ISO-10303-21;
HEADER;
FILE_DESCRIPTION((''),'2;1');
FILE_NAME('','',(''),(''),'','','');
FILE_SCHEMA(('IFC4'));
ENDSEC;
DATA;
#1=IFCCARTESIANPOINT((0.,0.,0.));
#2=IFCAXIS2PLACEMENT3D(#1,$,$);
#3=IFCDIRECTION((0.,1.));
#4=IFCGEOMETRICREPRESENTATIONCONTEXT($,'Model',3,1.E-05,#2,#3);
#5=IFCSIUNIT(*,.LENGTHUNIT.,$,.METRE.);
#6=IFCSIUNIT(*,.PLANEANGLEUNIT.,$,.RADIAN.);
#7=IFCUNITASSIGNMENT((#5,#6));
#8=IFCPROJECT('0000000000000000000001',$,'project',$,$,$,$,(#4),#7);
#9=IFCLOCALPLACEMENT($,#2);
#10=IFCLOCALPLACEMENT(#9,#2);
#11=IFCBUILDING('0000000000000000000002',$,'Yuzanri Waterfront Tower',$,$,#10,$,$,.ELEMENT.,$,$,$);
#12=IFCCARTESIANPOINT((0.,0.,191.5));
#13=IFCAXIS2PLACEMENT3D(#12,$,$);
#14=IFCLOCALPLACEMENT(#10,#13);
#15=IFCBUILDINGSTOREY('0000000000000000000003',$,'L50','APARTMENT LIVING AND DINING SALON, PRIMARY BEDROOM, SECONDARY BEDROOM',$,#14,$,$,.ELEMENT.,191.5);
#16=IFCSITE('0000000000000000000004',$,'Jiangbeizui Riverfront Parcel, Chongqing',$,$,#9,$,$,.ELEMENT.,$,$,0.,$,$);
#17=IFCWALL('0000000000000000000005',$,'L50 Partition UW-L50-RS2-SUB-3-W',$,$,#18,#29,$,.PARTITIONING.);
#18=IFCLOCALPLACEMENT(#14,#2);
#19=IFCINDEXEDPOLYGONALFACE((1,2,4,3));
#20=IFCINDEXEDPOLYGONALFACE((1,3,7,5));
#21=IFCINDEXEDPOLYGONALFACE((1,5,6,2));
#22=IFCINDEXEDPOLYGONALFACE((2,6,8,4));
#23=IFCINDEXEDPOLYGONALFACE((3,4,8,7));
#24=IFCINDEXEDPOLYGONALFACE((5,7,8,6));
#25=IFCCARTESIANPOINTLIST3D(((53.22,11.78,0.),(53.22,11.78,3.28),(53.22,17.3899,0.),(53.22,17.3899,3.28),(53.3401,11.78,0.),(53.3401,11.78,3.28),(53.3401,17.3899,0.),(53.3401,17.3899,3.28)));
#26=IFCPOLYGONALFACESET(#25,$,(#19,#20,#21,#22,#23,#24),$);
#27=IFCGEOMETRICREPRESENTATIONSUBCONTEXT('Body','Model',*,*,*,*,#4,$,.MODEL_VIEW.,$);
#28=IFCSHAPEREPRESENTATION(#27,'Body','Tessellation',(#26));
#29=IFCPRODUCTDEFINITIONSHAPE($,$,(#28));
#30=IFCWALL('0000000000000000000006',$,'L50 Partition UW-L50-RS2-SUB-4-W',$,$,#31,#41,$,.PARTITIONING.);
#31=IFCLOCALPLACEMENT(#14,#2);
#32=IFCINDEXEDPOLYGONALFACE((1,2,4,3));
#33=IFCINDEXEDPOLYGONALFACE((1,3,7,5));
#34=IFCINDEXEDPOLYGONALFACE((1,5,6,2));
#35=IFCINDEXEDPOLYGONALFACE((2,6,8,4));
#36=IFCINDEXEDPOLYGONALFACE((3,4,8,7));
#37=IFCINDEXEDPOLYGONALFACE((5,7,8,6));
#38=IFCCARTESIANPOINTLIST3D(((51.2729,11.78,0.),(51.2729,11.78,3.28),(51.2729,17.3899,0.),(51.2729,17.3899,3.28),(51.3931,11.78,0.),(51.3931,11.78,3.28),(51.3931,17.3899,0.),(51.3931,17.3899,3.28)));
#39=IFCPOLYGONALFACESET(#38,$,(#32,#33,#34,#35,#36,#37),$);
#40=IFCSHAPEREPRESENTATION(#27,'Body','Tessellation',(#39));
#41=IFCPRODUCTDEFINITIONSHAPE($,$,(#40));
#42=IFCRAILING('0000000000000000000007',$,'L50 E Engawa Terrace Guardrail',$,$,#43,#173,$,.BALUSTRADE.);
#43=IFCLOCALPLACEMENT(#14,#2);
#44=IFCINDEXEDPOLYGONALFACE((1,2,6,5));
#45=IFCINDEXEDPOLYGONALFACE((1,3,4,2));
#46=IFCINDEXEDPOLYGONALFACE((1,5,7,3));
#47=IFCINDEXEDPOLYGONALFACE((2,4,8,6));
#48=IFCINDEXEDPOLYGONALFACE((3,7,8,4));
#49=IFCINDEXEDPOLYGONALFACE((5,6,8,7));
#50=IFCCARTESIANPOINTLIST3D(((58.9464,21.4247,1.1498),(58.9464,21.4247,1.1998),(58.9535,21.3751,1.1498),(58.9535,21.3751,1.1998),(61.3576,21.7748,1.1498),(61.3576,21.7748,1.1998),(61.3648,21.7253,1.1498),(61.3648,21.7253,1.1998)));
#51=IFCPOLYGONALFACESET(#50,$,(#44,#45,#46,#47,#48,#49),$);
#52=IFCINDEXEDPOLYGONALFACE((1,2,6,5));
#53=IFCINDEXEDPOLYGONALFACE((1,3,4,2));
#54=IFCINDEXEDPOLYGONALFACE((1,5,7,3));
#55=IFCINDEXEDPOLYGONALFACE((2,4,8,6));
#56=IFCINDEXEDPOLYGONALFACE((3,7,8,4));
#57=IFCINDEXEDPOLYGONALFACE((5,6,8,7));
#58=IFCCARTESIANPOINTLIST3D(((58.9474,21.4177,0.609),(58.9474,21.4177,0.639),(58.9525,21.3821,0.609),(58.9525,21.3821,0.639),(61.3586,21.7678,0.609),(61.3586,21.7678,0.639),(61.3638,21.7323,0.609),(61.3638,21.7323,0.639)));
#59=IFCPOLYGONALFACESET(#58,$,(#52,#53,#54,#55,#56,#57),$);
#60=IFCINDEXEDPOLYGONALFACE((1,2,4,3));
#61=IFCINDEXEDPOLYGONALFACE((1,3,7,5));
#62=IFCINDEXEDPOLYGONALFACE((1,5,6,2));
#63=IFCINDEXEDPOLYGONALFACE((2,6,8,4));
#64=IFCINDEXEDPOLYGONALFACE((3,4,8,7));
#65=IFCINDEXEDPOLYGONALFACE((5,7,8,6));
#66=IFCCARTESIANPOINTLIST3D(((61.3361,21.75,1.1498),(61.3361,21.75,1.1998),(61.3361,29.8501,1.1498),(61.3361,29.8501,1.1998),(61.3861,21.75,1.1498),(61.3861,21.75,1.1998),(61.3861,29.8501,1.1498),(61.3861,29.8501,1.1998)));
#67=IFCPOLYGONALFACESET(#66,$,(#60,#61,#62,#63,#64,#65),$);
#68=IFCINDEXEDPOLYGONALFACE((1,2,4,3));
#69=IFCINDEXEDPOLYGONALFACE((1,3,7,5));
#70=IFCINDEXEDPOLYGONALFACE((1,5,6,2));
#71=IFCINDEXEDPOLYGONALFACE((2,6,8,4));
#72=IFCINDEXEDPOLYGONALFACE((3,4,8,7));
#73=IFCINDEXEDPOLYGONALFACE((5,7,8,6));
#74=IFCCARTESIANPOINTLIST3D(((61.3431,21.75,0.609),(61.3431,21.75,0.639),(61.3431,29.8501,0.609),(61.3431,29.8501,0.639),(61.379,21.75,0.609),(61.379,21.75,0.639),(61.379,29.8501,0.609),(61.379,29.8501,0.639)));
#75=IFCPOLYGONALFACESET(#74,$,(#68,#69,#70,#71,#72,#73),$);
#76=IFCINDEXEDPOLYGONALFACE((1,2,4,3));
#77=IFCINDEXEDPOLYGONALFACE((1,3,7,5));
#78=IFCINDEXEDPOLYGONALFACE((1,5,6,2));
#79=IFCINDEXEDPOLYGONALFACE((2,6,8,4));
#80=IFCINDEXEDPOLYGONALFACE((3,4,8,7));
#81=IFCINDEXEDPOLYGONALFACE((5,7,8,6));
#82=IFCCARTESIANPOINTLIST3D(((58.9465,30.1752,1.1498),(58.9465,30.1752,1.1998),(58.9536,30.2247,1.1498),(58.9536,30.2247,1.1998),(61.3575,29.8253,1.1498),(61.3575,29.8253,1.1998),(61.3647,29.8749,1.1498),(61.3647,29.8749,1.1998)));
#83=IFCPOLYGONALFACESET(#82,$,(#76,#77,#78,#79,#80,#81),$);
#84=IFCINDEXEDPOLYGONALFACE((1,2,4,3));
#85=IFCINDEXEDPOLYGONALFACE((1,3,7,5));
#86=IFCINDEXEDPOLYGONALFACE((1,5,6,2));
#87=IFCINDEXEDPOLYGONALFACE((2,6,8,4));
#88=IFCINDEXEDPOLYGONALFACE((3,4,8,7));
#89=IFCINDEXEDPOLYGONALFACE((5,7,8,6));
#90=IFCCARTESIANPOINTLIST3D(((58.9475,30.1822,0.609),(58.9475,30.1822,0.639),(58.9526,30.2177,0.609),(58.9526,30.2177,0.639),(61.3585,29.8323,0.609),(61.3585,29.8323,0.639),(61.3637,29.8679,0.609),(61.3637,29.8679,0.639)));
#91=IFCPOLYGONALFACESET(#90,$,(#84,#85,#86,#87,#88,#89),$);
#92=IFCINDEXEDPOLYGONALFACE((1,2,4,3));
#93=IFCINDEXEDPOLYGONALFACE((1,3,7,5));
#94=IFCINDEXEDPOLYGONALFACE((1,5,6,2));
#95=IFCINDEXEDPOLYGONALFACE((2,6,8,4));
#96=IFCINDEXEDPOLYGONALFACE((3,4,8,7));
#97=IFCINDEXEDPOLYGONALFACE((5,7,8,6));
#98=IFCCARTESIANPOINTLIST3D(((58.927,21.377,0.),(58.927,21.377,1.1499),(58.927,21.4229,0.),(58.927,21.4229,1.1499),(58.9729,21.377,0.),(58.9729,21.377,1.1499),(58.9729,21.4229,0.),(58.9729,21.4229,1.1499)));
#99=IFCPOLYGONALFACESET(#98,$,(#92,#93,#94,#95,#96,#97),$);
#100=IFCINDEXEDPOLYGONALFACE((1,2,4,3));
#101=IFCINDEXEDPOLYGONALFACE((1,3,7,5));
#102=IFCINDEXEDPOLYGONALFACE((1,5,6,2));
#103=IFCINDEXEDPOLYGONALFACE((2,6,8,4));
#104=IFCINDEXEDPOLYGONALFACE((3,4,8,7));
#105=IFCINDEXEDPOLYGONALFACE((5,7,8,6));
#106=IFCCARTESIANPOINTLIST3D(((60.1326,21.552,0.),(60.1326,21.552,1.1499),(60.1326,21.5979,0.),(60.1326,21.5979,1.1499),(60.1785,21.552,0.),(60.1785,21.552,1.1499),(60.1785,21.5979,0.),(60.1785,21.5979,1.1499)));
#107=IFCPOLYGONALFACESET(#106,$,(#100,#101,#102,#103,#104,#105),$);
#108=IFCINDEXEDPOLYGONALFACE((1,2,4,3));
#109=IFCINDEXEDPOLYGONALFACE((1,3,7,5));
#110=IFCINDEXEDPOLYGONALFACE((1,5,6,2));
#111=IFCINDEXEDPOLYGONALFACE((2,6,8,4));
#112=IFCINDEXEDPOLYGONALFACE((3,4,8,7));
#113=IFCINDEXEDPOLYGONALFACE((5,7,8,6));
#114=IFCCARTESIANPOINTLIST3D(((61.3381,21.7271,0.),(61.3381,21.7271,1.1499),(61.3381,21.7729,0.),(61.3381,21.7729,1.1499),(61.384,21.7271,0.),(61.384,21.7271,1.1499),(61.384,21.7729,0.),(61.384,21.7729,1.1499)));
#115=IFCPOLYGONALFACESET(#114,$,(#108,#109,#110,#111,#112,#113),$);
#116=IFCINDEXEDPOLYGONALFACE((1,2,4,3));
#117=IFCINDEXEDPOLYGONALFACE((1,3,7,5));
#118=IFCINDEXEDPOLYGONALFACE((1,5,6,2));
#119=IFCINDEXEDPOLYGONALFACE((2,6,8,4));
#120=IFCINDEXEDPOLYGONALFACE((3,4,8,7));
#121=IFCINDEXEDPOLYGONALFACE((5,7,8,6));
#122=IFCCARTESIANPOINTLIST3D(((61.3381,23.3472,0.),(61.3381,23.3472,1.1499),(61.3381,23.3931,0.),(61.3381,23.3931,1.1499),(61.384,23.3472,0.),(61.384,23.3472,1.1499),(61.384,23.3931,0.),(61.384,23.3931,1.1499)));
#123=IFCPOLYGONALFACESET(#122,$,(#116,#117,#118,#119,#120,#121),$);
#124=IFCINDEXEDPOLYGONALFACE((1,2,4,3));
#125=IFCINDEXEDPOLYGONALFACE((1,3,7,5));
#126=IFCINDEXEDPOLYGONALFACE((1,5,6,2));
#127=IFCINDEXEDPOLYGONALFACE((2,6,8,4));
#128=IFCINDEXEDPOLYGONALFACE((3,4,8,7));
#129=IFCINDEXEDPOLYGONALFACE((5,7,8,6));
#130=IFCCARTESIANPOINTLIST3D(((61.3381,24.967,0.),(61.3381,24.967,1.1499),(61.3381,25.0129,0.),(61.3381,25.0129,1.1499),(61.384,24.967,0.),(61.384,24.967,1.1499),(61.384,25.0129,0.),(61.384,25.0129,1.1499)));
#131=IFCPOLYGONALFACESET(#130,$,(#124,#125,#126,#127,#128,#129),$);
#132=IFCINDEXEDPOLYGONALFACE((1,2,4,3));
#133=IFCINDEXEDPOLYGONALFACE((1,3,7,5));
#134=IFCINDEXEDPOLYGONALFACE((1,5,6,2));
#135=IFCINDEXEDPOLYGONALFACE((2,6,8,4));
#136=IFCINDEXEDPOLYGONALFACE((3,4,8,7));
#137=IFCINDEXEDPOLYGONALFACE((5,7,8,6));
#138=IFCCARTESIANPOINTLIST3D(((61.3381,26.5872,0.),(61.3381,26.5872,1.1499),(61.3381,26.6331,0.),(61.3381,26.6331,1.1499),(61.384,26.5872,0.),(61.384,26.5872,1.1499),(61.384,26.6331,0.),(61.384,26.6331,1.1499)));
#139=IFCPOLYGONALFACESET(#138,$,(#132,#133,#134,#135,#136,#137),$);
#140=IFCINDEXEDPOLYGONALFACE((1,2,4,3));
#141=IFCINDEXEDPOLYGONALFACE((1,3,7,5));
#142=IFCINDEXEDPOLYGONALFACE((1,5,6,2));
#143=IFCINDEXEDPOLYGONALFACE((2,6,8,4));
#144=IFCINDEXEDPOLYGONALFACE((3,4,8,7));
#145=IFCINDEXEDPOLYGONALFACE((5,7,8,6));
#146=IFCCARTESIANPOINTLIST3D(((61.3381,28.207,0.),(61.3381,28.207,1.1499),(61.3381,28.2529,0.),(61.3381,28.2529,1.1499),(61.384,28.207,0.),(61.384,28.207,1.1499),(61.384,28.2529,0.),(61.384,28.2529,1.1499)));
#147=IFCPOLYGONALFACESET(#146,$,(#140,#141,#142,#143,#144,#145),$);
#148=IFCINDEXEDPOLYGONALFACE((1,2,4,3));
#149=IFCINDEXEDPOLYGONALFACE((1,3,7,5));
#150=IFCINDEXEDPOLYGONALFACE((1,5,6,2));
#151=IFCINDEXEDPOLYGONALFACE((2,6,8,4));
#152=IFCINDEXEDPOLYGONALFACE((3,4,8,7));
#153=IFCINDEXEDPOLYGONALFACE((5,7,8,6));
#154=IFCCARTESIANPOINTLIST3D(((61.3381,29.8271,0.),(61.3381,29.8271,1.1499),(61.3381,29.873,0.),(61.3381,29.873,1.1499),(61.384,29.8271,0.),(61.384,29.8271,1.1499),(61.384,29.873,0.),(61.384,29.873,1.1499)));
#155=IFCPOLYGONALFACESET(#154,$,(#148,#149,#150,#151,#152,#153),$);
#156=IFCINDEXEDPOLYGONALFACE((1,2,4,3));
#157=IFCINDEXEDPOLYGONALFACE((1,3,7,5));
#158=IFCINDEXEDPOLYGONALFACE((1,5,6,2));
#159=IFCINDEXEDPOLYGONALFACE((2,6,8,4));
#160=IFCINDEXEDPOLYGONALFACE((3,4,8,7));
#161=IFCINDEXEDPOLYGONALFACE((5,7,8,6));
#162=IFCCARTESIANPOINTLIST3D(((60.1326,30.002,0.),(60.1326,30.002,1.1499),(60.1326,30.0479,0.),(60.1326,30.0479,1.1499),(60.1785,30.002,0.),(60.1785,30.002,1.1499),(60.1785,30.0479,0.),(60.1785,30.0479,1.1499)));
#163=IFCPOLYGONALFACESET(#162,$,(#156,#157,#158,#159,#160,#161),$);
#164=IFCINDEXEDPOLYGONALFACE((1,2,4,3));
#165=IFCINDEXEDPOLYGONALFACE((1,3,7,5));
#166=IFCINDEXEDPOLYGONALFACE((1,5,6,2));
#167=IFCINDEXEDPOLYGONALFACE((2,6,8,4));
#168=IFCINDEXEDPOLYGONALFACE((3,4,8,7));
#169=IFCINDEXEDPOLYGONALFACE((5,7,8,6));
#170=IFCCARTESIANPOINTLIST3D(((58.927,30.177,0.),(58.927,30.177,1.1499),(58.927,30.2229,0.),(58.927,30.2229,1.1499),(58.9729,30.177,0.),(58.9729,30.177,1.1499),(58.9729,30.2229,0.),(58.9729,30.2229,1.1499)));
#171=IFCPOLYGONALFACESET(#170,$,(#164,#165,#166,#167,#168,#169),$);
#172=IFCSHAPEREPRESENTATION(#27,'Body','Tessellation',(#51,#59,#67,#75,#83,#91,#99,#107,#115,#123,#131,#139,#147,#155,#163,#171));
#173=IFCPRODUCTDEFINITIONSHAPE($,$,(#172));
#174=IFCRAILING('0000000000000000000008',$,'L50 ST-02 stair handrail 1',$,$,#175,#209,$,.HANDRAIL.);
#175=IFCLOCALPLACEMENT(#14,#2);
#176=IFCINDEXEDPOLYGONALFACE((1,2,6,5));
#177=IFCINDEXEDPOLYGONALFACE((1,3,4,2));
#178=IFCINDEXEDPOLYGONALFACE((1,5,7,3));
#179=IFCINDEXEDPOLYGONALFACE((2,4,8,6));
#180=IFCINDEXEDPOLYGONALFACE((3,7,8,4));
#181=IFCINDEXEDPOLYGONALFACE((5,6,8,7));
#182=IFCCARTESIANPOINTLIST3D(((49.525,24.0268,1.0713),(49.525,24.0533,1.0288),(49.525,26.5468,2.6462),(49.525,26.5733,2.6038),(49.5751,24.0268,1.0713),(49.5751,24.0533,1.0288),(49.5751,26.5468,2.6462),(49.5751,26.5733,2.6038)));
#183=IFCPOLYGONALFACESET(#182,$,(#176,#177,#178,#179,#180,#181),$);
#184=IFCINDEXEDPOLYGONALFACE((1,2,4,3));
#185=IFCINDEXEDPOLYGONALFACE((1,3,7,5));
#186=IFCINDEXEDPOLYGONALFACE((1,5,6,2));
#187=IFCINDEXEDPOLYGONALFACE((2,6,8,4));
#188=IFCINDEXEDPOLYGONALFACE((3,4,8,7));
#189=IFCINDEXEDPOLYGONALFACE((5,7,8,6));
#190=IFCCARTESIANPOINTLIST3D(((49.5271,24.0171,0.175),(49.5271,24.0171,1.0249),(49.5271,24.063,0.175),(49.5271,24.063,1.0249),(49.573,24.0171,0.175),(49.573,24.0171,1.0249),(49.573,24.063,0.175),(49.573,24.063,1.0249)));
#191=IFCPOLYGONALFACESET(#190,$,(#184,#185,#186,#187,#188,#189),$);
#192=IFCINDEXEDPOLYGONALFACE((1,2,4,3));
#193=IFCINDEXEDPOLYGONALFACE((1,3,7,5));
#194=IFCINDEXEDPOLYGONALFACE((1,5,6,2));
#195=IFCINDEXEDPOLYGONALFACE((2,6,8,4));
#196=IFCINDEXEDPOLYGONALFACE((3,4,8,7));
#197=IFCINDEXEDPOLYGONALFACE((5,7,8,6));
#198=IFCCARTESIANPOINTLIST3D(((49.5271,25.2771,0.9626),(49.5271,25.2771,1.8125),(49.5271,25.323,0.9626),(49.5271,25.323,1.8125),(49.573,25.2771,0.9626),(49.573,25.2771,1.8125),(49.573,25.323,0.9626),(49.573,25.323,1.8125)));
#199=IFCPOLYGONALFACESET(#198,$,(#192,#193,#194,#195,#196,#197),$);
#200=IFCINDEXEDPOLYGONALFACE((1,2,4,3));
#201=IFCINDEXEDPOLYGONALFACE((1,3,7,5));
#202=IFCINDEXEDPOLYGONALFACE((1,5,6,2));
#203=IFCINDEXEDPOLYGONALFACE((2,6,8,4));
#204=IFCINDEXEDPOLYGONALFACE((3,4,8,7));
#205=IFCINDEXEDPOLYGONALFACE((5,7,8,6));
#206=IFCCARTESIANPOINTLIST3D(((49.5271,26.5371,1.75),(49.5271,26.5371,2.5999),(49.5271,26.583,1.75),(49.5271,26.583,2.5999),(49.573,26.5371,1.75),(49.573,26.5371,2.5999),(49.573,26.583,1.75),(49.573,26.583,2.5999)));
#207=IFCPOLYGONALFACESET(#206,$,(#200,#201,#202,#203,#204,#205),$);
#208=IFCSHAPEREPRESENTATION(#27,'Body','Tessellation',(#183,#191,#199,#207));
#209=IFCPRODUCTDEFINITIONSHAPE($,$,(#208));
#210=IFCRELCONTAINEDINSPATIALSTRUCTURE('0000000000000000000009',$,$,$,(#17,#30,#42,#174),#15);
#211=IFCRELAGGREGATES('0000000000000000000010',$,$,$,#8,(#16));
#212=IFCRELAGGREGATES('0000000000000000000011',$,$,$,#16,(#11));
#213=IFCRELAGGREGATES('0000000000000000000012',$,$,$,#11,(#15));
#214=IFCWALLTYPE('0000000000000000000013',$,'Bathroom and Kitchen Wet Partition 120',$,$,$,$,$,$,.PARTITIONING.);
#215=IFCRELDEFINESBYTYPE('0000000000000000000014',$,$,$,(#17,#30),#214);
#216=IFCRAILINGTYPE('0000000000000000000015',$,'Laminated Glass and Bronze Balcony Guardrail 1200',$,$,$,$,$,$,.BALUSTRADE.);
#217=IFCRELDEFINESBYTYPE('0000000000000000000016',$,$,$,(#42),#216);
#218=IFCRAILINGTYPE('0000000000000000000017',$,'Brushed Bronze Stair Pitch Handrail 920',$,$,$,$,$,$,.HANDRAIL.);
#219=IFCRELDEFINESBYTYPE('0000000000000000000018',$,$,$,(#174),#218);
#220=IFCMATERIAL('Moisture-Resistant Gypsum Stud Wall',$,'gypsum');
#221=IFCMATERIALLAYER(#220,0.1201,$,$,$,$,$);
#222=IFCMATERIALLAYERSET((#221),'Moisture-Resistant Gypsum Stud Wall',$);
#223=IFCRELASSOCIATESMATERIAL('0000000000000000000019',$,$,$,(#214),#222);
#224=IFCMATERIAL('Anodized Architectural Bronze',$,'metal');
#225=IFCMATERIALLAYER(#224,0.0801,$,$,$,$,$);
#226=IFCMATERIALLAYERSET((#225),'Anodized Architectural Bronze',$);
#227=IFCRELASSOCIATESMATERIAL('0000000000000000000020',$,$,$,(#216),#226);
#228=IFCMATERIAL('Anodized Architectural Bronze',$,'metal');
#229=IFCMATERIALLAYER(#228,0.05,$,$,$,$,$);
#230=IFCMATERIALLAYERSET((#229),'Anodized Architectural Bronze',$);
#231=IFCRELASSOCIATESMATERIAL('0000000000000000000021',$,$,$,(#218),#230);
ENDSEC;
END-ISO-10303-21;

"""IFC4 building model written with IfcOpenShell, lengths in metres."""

from ifc_helpers import new_model, si_unit, direction, frame, frame_2d, origin, origin_2d, place, context, subcontext, project, spatial, rectangle, extrude, source, transform, mapped, material, layer, layer_set, type_object, element, save


model = new_model("IFC4")

# Units and contexts
model_context = context("Model", 3, precision=1e-05, world=origin(), true_north=direction((0.0, 1.0)))
body_context = subcontext(model_context, "Body", "Model", "MODEL_VIEW")
ifc_project = project(units=[si_unit("LENGTHUNIT", "METRE"), si_unit("PLANEANGLEUNIT", "RADIAN")], contexts=[model_context])

# Site, building, storey
site_placement = place(None, origin())
site = spatial("IfcSite", under=ifc_project, at=site_placement, Name="Jiangbeizui Riverfront Parcel, Chongqing", CompositionType="ELEMENT", RefElevation=0.0)
building_placement = place(site_placement, origin())
building = spatial("IfcBuilding", under=site, at=building_placement, Name="Yuzanri Waterfront Tower", CompositionType="ELEMENT")
storey_placement = place(building_placement, frame((0.0, 0.0, 191.5)))
storey = spatial("IfcBuildingStorey", under=building, at=storey_placement, Name="L50", Description="APARTMENT LIVING AND DINING SALON, PRIMARY BEDROOM, SECONDARY BEDROOM", CompositionType="ELEMENT", Elevation=191.5)

# Shared definitions
ifc_material_1 = material(Name="Moisture-Resistant Gypsum Stud Wall", Category="gypsum")
ifc_layer_1 = layer(ifc_material_1, 0.1201)
ifc_layer_set_1 = layer_set([ifc_layer_1], Name="Moisture-Resistant Gypsum Stud Wall")
wall_type_1 = type_object("IfcWallType", Name="Bathroom and Kitchen Wet Partition 120", PredefinedType="PARTITIONING", material=ifc_layer_set_1)

# Walls
shared_shape_1 = source(origin(), body_context, "Body", "SweptSolid", [
    extrude(rectangle(XDim=5.6099, YDim=0.1201, at=frame_2d((2.8049, 0.0))), origin(), (0.0, 0.0, 1.0), 3.28),
])
for number, where, z_axis, x_axis, name in (
    (1, (53.28, 11.78, 0.0), (0.0, 0.0, 1.0), (0.0, 1.0, 0.0), "L50 Partition UW-L50-RS2-SUB-3-W"),
    (2, (51.333, 11.78, 0.0), (0.0, 0.0, 1.0), (0.0, 1.0, 0.0), "L50 Partition UW-L50-RS2-SUB-4-W"),
):
    element("IfcWall", number, at=place(storey_placement, frame(where, z_axis=z_axis, x_axis=x_axis)), inside=storey, type_object=wall_type_1, Name=name, PredefinedType="PARTITIONING", context=body_context, shape_type="MappedRepresentation", body=[
        mapped(shared_shape_1, transform((0.0, 0.0, 0.0), scale=1.0)),
    ])

# Railings
ifc_material_2 = material(Name="Anodized Architectural Bronze", Category="metal")
ifc_layer_2 = layer(ifc_material_2, 0.0801)
ifc_layer_set_2 = layer_set([ifc_layer_2], Name="Anodized Architectural Bronze")
railing_type_1 = type_object("IfcRailingType", Name="Laminated Glass and Bronze Balcony Guardrail 1200", PredefinedType="BALUSTRADE", material=ifc_layer_set_2)
shared_shape_2 = source(origin(), body_context, "Body", "SweptSolid", [
    extrude(rectangle(XDim=0.05, YDim=0.05, at=origin_2d()), frame((0.0, 0.0, 1.1748), z_axis=(0.989622, 0.143694, 0.0), x_axis=(-0.143694, 0.989622, 0.0)), (0.0, 0.0, 1.0), 2.4365),
    extrude(rectangle(XDim=0.0359, YDim=0.03, at=origin_2d()), frame((0.0, 0.0, 0.624), z_axis=(0.989622, 0.143694, 0.0), x_axis=(-0.143694, 0.989622, 0.0)), (0.0, 0.0, 1.0), 2.4365),
    extrude(rectangle(XDim=0.05, YDim=0.05, at=origin_2d()), frame((2.4111, 0.3501, 1.1748), z_axis=(0.0, 1.0, 0.0), x_axis=(-1.0, 0.0, 0.0)), (0.0, 0.0, 1.0), 8.1001),
    extrude(rectangle(XDim=0.0359, YDim=0.03, at=origin_2d()), frame((2.4111, 0.3501, 0.624), z_axis=(0.0, 1.0, 0.0), x_axis=(-1.0, 0.0, 0.0)), (0.0, 0.0, 1.0), 8.1001),
    extrude(rectangle(XDim=0.05, YDim=0.05, at=origin_2d()), frame((2.4111, 8.4502, 1.1748), z_axis=(-0.989636, 0.143595, 0.0), x_axis=(-0.143595, -0.989636, 0.0)), (0.0, 0.0, 1.0), 2.4363),
    extrude(rectangle(XDim=0.0359, YDim=0.03, at=origin_2d()), frame((2.4111, 8.4502, 0.624), z_axis=(-0.989636, 0.143595, 0.0), x_axis=(-0.143595, -0.989636, 0.0)), (0.0, 0.0, 1.0), 2.4363),
    extrude(rectangle(XDim=0.0459, YDim=0.0459, at=origin_2d()), origin(), (0.0, 0.0, 1.0), 1.1499),
    extrude(rectangle(XDim=0.0459, YDim=0.0459, at=origin_2d()), frame((1.2056, 0.175, 0.0)), (0.0, 0.0, 1.0), 1.1499),
    extrude(rectangle(XDim=0.0459, YDim=0.0459, at=origin_2d()), frame((2.4111, 0.3501, 0.0)), (0.0, 0.0, 1.0), 1.1499),
    extrude(rectangle(XDim=0.0459, YDim=0.0459, at=origin_2d()), frame((2.4111, 1.9702, 0.0)), (0.0, 0.0, 1.0), 1.1499),
    extrude(rectangle(XDim=0.0459, YDim=0.0459, at=origin_2d()), frame((2.4111, 3.5901, 0.0)), (0.0, 0.0, 1.0), 1.1499),
    extrude(rectangle(XDim=0.0459, YDim=0.0459, at=origin_2d()), frame((2.4111, 5.2102, 0.0)), (0.0, 0.0, 1.0), 1.1499),
    extrude(rectangle(XDim=0.0459, YDim=0.0459, at=origin_2d()), frame((2.4111, 6.8301, 0.0)), (0.0, 0.0, 1.0), 1.1499),
    extrude(rectangle(XDim=0.0459, YDim=0.0459, at=origin_2d()), frame((2.4111, 8.4502, 0.0)), (0.0, 0.0, 1.0), 1.1499),
    extrude(rectangle(XDim=0.0459, YDim=0.0459, at=origin_2d()), frame((1.2056, 8.625, 0.0)), (0.0, 0.0, 1.0), 1.1499),
    extrude(rectangle(XDim=0.0459, YDim=0.0459, at=origin_2d()), frame((0.0, 8.8, 0.0)), (0.0, 0.0, 1.0), 1.1499),
])
railing_1_placement = place(storey_placement, frame((58.95, 21.3999, 0.0)))
element("IfcRailing", 3, at=railing_1_placement, inside=storey, type_object=railing_type_1, Name="L50 E Engawa Terrace Guardrail", PredefinedType="BALUSTRADE", context=body_context, shape_type="MappedRepresentation", body=[
    mapped(shared_shape_2, transform((0.0, 0.0, 0.0), scale=1.0)),
])
ifc_material_3 = material(Name="Anodized Architectural Bronze", Category="metal")
ifc_layer_3 = layer(ifc_material_3, 0.05)
ifc_layer_set_3 = layer_set([ifc_layer_3], Name="Anodized Architectural Bronze")
railing_type_2 = type_object("IfcRailingType", Name="Brushed Bronze Stair Pitch Handrail 920", PredefinedType="HANDRAIL", material=ifc_layer_set_3)
shared_shape_3 = source(origin(), body_context, "Body", "SweptSolid", [
    extrude(rectangle(XDim=0.05, YDim=0.05, at=origin_2d()), frame((0.0, 0.0, 0.875), z_axis=(0.0, 0.848008, 0.529984), x_axis=(-1.0, 0.0, 0.0)), (0.0, 0.0, 1.0), 2.9717),
    extrude(rectangle(XDim=0.0459, YDim=0.0459, at=origin_2d()), origin(), (0.0, 0.0, 1.0), 0.8499),
    extrude(rectangle(XDim=0.0459, YDim=0.0459, at=origin_2d()), frame((0.0, 1.26, 0.7876)), (0.0, 0.0, 1.0), 0.8499),
    extrude(rectangle(XDim=0.0459, YDim=0.0459, at=origin_2d()), frame((0.0, 2.52, 1.575)), (0.0, 0.0, 1.0), 0.8499),
])
railing_2_placement = place(storey_placement, frame((49.55, 24.04, 0.175)))
element("IfcRailing", 4, at=railing_2_placement, inside=storey, type_object=railing_type_2, Name="L50 ST-02 stair handrail 1", PredefinedType="HANDRAIL", context=body_context, shape_type="MappedRepresentation", body=[
    mapped(shared_shape_3, transform((0.0, 0.0, 0.0), scale=1.0)),
])

save(model, "model.ifc")
